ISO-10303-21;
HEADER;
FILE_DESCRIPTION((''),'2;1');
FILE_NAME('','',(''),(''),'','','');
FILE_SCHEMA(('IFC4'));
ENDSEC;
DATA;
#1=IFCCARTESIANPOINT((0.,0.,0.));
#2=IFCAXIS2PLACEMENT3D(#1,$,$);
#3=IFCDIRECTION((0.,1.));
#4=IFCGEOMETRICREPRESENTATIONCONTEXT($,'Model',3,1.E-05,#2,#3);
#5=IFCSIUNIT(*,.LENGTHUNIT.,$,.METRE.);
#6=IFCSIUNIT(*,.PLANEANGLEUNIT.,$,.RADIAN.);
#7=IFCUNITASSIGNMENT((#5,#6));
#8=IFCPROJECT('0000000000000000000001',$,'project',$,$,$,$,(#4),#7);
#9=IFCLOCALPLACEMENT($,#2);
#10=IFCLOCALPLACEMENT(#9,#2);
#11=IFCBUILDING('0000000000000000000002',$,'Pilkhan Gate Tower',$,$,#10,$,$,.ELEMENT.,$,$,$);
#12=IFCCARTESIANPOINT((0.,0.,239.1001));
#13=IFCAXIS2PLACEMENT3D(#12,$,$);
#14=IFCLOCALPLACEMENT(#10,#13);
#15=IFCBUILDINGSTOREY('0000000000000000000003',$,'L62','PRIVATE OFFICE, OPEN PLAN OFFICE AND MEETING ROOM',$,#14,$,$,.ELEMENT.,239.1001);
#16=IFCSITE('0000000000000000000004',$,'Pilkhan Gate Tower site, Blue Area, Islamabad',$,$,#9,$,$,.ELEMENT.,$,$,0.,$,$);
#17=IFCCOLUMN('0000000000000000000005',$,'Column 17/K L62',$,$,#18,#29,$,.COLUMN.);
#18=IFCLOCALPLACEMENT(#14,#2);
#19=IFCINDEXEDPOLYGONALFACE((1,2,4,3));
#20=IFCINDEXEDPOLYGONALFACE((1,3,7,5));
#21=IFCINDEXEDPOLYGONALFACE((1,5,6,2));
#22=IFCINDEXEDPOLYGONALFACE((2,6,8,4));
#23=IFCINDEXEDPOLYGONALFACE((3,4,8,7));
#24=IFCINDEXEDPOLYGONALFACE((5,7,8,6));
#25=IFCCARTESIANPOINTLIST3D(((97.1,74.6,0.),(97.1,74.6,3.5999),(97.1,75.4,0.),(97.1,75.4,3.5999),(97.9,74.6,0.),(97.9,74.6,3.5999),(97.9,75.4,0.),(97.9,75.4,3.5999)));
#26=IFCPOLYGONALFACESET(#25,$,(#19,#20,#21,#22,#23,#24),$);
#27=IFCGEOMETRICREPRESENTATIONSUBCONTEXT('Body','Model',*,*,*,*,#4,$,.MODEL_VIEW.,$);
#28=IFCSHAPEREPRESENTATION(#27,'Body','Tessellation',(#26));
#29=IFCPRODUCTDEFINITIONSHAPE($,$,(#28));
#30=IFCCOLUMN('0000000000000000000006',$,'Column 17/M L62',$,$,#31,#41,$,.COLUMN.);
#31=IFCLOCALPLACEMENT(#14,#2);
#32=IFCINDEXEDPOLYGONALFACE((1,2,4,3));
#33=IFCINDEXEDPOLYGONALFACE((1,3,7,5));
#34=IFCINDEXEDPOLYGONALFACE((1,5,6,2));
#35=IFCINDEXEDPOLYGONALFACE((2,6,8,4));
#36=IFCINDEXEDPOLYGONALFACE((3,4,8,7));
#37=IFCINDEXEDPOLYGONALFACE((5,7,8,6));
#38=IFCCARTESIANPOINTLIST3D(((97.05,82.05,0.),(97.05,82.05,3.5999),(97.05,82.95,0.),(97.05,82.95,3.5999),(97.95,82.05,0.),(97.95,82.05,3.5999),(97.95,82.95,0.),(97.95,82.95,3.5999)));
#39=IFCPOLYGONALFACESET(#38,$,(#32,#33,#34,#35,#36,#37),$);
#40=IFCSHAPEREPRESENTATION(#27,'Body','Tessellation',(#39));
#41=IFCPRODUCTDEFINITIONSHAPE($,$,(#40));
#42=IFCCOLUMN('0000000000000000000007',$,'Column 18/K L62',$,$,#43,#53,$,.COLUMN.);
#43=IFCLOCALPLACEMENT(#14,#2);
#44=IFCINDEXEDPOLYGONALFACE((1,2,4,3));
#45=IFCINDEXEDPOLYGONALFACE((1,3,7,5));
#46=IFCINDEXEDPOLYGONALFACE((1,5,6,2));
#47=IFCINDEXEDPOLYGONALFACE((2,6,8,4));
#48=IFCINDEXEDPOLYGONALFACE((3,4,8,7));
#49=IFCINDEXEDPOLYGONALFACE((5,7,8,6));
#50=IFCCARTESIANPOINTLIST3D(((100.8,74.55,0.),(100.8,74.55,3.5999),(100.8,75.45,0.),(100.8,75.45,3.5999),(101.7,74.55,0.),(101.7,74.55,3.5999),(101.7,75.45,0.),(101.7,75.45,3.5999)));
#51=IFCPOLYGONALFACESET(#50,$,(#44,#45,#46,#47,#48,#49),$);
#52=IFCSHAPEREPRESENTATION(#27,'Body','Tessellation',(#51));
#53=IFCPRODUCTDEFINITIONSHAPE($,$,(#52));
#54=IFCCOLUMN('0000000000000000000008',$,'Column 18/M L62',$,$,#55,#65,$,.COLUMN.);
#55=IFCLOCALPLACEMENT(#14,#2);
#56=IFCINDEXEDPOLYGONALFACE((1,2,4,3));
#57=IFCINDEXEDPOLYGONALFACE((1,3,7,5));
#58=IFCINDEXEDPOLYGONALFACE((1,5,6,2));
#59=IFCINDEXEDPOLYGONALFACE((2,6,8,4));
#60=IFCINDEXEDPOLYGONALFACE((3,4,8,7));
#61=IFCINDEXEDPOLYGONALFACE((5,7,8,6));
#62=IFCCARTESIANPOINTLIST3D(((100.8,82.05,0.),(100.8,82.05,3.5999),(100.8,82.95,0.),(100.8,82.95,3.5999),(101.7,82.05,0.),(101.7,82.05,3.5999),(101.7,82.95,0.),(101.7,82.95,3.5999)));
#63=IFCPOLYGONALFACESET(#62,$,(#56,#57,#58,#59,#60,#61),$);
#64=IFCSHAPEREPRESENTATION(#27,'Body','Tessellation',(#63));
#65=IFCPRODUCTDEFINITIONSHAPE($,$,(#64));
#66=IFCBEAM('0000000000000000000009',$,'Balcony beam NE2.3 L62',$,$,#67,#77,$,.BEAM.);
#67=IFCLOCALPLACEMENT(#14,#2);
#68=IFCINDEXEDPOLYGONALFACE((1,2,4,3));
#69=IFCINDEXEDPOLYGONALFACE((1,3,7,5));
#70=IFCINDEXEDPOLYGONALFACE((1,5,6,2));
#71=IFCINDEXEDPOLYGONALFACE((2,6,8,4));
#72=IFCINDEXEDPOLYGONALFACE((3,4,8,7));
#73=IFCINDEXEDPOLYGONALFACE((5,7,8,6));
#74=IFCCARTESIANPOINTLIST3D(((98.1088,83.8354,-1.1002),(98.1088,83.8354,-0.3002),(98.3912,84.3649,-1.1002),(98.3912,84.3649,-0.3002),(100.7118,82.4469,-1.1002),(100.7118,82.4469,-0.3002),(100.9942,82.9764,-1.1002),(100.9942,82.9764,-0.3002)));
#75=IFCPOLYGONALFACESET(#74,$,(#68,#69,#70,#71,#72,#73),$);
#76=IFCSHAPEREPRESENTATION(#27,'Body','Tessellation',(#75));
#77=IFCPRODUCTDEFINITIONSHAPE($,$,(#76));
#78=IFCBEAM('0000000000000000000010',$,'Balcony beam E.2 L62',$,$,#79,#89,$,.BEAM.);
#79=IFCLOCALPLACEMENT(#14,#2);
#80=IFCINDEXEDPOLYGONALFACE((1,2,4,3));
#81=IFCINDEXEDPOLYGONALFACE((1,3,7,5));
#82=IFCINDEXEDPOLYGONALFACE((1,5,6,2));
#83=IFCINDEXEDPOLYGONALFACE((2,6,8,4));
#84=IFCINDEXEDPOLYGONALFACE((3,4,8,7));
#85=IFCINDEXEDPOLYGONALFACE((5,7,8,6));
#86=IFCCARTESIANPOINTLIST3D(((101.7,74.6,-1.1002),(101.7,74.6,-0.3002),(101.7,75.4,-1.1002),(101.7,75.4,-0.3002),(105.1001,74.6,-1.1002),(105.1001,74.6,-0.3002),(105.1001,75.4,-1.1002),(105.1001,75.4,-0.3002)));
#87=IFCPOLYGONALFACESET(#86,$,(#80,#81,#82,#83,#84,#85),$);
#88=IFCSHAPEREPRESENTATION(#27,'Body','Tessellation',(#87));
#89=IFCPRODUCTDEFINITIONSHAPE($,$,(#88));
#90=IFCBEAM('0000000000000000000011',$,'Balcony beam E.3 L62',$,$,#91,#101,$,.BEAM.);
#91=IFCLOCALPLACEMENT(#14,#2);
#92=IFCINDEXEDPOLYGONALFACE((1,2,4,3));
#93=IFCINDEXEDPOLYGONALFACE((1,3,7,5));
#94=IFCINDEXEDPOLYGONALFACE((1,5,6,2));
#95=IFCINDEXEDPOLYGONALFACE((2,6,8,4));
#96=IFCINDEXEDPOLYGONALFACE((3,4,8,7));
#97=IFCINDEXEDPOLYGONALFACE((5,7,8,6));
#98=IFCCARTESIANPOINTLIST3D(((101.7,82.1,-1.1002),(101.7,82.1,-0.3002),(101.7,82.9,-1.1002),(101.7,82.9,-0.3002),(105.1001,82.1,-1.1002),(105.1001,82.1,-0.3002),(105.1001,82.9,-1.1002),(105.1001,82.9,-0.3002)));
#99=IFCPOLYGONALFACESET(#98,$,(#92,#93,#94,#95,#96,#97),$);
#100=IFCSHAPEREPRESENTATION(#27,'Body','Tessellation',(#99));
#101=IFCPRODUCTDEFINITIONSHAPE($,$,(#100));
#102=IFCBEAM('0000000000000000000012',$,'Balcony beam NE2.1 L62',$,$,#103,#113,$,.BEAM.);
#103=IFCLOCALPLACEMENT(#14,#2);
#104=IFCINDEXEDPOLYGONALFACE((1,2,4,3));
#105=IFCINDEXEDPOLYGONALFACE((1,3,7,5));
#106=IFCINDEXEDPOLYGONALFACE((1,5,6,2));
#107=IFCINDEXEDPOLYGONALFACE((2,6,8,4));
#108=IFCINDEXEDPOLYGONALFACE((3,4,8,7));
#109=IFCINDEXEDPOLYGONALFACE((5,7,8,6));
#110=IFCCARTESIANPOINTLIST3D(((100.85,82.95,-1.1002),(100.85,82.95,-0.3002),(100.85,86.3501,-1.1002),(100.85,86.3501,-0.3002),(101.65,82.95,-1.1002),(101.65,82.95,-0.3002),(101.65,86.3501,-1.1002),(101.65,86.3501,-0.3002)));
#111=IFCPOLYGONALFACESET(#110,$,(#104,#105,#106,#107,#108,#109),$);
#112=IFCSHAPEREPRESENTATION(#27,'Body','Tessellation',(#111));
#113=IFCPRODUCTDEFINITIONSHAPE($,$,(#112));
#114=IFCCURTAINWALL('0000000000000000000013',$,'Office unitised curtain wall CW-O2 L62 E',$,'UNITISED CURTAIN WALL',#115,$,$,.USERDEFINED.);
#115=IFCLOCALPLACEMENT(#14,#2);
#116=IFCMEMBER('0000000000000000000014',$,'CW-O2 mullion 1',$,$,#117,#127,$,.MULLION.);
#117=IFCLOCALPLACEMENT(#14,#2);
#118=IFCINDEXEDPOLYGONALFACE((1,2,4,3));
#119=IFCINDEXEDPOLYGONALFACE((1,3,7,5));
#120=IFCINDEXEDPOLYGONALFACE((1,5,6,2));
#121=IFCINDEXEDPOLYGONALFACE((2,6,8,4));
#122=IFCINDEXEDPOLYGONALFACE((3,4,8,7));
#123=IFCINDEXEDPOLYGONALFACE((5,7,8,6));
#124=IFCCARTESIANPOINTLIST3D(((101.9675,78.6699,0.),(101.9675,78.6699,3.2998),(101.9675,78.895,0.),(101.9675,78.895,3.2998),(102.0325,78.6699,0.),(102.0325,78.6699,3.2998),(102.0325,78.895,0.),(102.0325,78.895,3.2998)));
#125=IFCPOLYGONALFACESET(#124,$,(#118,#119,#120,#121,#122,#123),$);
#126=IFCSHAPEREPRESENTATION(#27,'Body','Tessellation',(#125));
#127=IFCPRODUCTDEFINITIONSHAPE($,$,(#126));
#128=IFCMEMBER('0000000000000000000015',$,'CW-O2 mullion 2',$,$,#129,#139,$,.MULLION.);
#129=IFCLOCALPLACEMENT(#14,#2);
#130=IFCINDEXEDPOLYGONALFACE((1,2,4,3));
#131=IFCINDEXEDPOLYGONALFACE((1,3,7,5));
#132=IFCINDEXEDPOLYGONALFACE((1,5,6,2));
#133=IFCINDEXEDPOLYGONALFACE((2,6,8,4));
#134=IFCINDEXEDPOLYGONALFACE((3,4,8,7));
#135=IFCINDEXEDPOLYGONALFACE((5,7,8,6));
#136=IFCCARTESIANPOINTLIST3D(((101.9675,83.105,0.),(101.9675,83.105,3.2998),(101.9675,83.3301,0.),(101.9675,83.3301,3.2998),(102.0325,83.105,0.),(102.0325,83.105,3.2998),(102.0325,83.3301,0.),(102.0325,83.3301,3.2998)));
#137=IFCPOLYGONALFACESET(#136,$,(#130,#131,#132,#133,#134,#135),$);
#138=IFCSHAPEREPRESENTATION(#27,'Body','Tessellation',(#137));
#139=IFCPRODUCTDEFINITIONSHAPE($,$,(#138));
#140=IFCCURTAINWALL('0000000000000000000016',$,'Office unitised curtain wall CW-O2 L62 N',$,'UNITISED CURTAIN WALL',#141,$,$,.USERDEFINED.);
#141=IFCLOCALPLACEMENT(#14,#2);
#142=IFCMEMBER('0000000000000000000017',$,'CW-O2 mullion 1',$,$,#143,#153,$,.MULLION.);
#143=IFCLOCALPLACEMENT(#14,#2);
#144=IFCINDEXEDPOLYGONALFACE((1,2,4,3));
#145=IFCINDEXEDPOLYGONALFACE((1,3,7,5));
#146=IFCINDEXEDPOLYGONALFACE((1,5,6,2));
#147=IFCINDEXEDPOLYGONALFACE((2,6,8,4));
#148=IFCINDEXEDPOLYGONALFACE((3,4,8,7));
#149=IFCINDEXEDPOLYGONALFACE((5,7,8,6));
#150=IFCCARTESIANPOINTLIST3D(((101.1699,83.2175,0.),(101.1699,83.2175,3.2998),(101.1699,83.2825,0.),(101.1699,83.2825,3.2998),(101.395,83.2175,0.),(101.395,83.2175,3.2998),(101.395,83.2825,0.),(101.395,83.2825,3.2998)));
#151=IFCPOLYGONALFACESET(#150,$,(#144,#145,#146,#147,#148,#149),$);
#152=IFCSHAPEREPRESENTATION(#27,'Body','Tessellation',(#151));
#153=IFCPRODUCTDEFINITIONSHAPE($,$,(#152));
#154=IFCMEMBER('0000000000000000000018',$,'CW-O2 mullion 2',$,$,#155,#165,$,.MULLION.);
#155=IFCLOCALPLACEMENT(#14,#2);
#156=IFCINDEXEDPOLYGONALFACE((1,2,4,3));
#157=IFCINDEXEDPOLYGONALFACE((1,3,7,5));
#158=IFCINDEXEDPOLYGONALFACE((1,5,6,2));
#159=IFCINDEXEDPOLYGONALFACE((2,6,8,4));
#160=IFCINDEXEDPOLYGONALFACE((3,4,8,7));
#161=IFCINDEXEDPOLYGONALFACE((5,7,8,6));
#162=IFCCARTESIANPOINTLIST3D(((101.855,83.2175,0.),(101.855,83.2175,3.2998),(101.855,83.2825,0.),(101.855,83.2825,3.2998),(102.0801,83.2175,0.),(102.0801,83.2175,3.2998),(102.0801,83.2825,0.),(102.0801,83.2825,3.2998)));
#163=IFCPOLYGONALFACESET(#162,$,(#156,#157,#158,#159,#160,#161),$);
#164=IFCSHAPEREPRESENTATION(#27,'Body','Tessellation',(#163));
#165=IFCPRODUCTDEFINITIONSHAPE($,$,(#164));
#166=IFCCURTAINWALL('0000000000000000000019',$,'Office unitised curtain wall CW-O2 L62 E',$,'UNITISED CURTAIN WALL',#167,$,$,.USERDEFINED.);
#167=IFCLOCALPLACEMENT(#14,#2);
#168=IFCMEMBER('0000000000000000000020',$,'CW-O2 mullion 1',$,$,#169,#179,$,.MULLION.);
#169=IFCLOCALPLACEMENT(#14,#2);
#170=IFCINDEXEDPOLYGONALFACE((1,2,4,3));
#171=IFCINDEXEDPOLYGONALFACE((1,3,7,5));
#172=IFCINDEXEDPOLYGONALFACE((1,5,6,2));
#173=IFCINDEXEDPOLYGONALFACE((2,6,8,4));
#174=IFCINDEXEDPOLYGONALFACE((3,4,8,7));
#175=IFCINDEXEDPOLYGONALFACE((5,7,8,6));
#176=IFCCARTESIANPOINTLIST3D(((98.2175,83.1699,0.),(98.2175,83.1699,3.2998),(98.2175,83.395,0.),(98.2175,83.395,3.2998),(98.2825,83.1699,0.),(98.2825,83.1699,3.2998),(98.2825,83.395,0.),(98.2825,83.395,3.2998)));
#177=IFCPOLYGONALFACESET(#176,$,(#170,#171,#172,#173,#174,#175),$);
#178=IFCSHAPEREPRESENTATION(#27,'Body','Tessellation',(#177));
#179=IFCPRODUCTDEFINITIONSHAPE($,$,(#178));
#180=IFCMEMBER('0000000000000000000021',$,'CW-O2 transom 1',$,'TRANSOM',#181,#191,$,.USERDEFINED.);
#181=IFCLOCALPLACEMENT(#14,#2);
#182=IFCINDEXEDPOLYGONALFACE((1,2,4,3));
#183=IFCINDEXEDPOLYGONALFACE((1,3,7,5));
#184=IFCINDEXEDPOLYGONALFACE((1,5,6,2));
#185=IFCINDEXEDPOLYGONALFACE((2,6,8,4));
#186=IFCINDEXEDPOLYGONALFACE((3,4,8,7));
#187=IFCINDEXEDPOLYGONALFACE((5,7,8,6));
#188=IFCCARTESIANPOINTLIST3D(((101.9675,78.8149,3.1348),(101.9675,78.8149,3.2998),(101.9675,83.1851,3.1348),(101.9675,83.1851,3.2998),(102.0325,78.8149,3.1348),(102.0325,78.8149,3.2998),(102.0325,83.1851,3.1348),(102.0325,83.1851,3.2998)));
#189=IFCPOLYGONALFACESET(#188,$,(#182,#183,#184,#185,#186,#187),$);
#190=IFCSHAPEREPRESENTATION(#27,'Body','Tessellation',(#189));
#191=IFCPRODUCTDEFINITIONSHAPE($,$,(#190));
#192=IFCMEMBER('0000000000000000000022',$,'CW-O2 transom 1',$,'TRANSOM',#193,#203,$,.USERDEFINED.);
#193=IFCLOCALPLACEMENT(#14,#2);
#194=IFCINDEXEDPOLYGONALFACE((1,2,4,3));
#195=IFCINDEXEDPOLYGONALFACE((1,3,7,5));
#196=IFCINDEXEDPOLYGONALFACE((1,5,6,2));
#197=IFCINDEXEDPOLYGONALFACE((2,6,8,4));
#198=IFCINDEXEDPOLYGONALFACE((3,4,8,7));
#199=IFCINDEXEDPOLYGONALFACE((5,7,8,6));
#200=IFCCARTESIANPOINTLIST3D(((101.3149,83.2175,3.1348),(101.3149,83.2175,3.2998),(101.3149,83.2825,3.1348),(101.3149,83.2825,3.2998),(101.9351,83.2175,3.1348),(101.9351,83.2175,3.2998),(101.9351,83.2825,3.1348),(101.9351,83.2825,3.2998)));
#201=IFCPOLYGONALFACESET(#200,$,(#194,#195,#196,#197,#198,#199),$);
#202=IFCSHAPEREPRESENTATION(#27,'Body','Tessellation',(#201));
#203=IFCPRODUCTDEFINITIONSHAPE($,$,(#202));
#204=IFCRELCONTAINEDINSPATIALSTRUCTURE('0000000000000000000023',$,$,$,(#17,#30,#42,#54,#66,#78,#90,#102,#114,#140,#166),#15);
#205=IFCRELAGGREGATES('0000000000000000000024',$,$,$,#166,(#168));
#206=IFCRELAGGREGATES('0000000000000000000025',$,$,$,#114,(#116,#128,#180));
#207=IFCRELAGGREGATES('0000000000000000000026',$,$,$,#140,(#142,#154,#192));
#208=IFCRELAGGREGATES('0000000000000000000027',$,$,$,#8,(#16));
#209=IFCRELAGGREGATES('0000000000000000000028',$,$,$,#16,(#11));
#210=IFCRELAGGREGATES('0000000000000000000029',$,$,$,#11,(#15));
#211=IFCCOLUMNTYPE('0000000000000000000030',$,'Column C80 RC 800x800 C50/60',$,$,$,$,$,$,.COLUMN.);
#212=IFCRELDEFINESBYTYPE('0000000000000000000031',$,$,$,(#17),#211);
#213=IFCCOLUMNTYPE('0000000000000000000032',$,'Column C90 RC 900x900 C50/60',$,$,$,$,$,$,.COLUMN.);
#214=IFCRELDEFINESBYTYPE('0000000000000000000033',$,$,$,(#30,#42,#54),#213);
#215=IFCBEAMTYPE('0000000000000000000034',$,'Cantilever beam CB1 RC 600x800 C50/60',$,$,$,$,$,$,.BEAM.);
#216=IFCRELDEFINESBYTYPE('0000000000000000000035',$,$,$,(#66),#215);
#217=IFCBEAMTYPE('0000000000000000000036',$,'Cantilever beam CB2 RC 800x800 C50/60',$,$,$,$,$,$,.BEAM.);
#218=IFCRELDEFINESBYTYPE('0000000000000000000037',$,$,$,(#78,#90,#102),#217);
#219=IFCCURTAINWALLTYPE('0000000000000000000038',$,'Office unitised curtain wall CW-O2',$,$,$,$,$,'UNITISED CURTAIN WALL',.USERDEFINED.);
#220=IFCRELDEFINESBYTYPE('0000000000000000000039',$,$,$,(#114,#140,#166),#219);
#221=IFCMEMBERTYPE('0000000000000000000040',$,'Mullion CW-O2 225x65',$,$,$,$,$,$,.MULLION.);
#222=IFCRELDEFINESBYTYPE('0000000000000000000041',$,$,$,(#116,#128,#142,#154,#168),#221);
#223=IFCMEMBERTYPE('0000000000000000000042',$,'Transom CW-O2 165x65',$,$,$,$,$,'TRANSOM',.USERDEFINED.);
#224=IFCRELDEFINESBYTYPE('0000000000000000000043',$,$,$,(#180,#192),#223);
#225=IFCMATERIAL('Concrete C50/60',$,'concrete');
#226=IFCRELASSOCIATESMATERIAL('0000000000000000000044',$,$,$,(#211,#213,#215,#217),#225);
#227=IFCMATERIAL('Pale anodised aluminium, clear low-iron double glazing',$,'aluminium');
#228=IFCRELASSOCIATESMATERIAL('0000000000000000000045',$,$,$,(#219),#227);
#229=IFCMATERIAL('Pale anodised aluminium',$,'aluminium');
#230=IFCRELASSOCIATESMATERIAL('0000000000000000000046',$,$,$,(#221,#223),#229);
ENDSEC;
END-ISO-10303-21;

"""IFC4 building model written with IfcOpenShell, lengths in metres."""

from ifc_helpers import new_model, si_unit, direction, frame, origin, origin_2d, place, context, subcontext, project, spatial, rectangle, extrude, material, material_profile, profile_set, type_object, element, aggregate, save


model = new_model("IFC4")

# Units and contexts
model_context = context("Model", 3, precision=1e-05, world=origin(), true_north=direction((0.0, 1.0)))
body_context = subcontext(model_context, "Body", "Model", "MODEL_VIEW")
ifc_project = project(units=[si_unit("LENGTHUNIT", "METRE"), si_unit("PLANEANGLEUNIT", "RADIAN")], contexts=[model_context])

# Site, building, storey
site_placement = place(None, origin())
site = spatial("IfcSite", under=ifc_project, at=site_placement, Name="Pilkhan Gate Tower site, Blue Area, Islamabad", CompositionType="ELEMENT", RefElevation=0.0)
building_placement = place(site_placement, origin())
building = spatial("IfcBuilding", under=site, at=building_placement, Name="Pilkhan Gate Tower", CompositionType="ELEMENT")
storey_placement = place(building_placement, frame((0.0, 0.0, 239.1001)))
storey = spatial("IfcBuildingStorey", under=building, at=storey_placement, Name="L62", Description="PRIVATE OFFICE, OPEN PLAN OFFICE AND MEETING ROOM", CompositionType="ELEMENT", Elevation=239.1001)

# Columns
ifc_material_1 = material(Name="Concrete C50/60", Category="concrete")
ifc_material_profile_1 = material_profile(ifc_material_1, rectangle(XDim=0.8, YDim=0.8, at=origin_2d()), Name="RC 800x800")
ifc_profile_set_1 = profile_set([ifc_material_profile_1], Name="Concrete C50/60")
column_type_1 = type_object("IfcColumnType", Name="Column C80 RC 800x800 C50/60", PredefinedType="COLUMN", material=ifc_profile_set_1)
column_placement = place(storey_placement, frame((97.5, 75.0, 0.0), z_axis=(0.0, 0.0, 1.0), x_axis=(1.0, 0.0, 0.0)))
element("IfcColumn", 1, at=column_placement, inside=storey, type_object=column_type_1, Name="Column 17/K L62", PredefinedType="COLUMN", context=body_context, shape_type="SweptSolid", body=[
    extrude(rectangle(XDim=0.8, YDim=0.8, at=origin_2d()), origin(), (0.0, 0.0, 1.0), 3.5999),
])
ifc_material_profile_2 = material_profile(ifc_material_1, rectangle(XDim=0.8999, YDim=0.8999, at=origin_2d()), Name="RC 900x900")
ifc_profile_set_2 = profile_set([ifc_material_profile_2], Name="Concrete C50/60")
column_type_2 = type_object("IfcColumnType", Name="Column C90 RC 900x900 C50/60", PredefinedType="COLUMN", material=ifc_profile_set_2)
for number, where, z_axis, x_axis, name in (
    (2, (97.5, 82.5, 0.0), (0.0, 0.0, 1.0), (1.0, 0.0, 0.0), "Column 17/M L62"),
    (3, (101.25, 75.0, 0.0), (0.0, 0.0, 1.0), (1.0, 0.0, 0.0), "Column 18/K L62"),
    (4, (101.25, 82.5, 0.0), (0.0, 0.0, 1.0), (1.0, 0.0, 0.0), "Column 18/M L62"),
):
    element("IfcColumn", number, at=place(storey_placement, frame(where, z_axis=z_axis, x_axis=x_axis)), inside=storey, type_object=column_type_2, Name=name, PredefinedType="COLUMN", context=body_context, shape_type="SweptSolid", body=[
        extrude(rectangle(XDim=0.8999, YDim=0.8999, at=origin_2d()), origin(), (0.0, 0.0, 1.0), 3.5999),
    ])

# Beams
ifc_material_profile_3 = material_profile(ifc_material_1, rectangle(XDim=0.6001, YDim=0.8, at=origin_2d()), Name="RC 600x800")
ifc_profile_set_3 = profile_set([ifc_material_profile_3], Name="Concrete C50/60")
beam_type_1 = type_object("IfcBeamType", Name="Cantilever beam CB1 RC 600x800 C50/60", PredefinedType="BEAM", material=ifc_profile_set_3)
beam_placement = place(storey_placement, frame((100.853, 82.7117, -0.7002), z_axis=(-0.882332, 0.470627, 0.0), x_axis=(-0.470627, -0.882332, 0.0)))
element("IfcBeam", 5, at=beam_placement, inside=storey, type_object=beam_type_1, Name="Balcony beam NE2.3 L62", PredefinedType="BEAM", context=body_context, shape_type="SweptSolid", body=[
    extrude(rectangle(XDim=0.6001, YDim=0.8, at=origin_2d()), origin(), (0.0, 0.0, 1.0), 2.9502),
])
ifc_material_profile_4 = material_profile(ifc_material_1, rectangle(XDim=0.8, YDim=0.8, at=origin_2d()), Name="RC 800x800")
ifc_profile_set_4 = profile_set([ifc_material_profile_4], Name="Concrete C50/60")
beam_type_2 = type_object("IfcBeamType", Name="Cantilever beam CB2 RC 800x800 C50/60", PredefinedType="BEAM", material=ifc_profile_set_4)
for number, where, z_axis, x_axis, name in (
    (6, (101.7, 75.0, -0.7002), (1.0, 0.0, 0.0), (0.0, 1.0, 0.0), "Balcony beam E.2 L62"),
    (7, (101.7, 82.5, -0.7002), (1.0, 0.0, 0.0), (0.0, 1.0, 0.0), "Balcony beam E.3 L62"),
    (8, (101.25, 82.95, -0.7002), (0.0, 1.0, 0.0), (-1.0, 0.0, 0.0), "Balcony beam NE2.1 L62"),
):
    element("IfcBeam", number, at=place(storey_placement, frame(where, z_axis=z_axis, x_axis=x_axis)), inside=storey, type_object=beam_type_2, Name=name, PredefinedType="BEAM", context=body_context, shape_type="SweptSolid", body=[
        extrude(rectangle(XDim=0.8, YDim=0.8, at=origin_2d()), origin(), (0.0, 0.0, 1.0), 3.4001),
    ])

# Curtain walls, members
ifc_material_2 = material(Name="Pale anodised aluminium, clear low-iron double glazing", Category="aluminium")
curtain_wall_type = type_object("IfcCurtainWallType", Name="Office unitised curtain wall CW-O2", ElementType="UNITISED CURTAIN WALL", PredefinedType="USERDEFINED", material=ifc_material_2)
curtain_wall_1_placement = place(storey_placement, origin())
curtain_wall_1 = element("IfcCurtainWall", 9, at=curtain_wall_1_placement, inside=storey, type_object=curtain_wall_type, Name="Office unitised curtain wall CW-O2 L62 E", ObjectType="UNITISED CURTAIN WALL", PredefinedType="USERDEFINED")
ifc_material_3 = material(Name="Pale anodised aluminium", Category="aluminium")
ifc_material_profile_5 = material_profile(ifc_material_3, rectangle(XDim=0.0649, YDim=0.2251, at=origin_2d()), Name="Mullion 225x65")
ifc_profile_set_5 = profile_set([ifc_material_profile_5], Name="Pale anodised aluminium")
member_type_1 = type_object("IfcMemberType", Name="Mullion CW-O2 225x65", PredefinedType="MULLION", material=ifc_profile_set_5)
member_1_placement = place(storey_placement, frame((102.0, 78.7825, 0.0), z_axis=(0.0, 0.0, 1.0), x_axis=(-1.0, 0.0, 0.0)))
member_1 = element("IfcMember", 10, at=member_1_placement, type_object=member_type_1, Name="CW-O2 mullion 1", PredefinedType="MULLION", context=body_context, shape_type="SweptSolid", body=[
    extrude(rectangle(XDim=0.0649, YDim=0.2251, at=origin_2d()), origin(), (0.0, 0.0, 1.0), 3.2998),
])
member_2_placement = place(storey_placement, frame((102.0, 83.2175, 0.0), z_axis=(0.0, 0.0, 1.0), x_axis=(-1.0, 0.0, 0.0)))
member_2 = element("IfcMember", 11, at=member_2_placement, type_object=member_type_1, Name="CW-O2 mullion 2", PredefinedType="MULLION", context=body_context, shape_type="SweptSolid", body=[
    extrude(rectangle(XDim=0.0649, YDim=0.2251, at=origin_2d()), origin(), (0.0, 0.0, 1.0), 3.2998),
])
curtain_wall_2_placement = place(storey_placement, origin())
curtain_wall_2 = element("IfcCurtainWall", 12, at=curtain_wall_2_placement, inside=storey, type_object=curtain_wall_type, Name="Office unitised curtain wall CW-O2 L62 N", ObjectType="UNITISED CURTAIN WALL", PredefinedType="USERDEFINED")
member_3_placement = place(storey_placement, frame((101.2825, 83.25, 0.0), z_axis=(0.0, 0.0, 1.0), x_axis=(0.0, 1.0, 0.0)))
member_3 = element("IfcMember", 13, at=member_3_placement, type_object=member_type_1, Name="CW-O2 mullion 1", PredefinedType="MULLION", context=body_context, shape_type="SweptSolid", body=[
    extrude(rectangle(XDim=0.0649, YDim=0.2251, at=origin_2d()), origin(), (0.0, 0.0, 1.0), 3.2998),
])
member_4_placement = place(storey_placement, frame((101.9675, 83.25, 0.0), z_axis=(0.0, 0.0, 1.0), x_axis=(0.0, 1.0, 0.0)))
member_4 = element("IfcMember", 14, at=member_4_placement, type_object=member_type_1, Name="CW-O2 mullion 2", PredefinedType="MULLION", context=body_context, shape_type="SweptSolid", body=[
    extrude(rectangle(XDim=0.0649, YDim=0.2251, at=origin_2d()), origin(), (0.0, 0.0, 1.0), 3.2998),
])

# Curtain wall, member
curtain_wall_3_placement = place(storey_placement, origin())
curtain_wall_3 = element("IfcCurtainWall", 15, at=curtain_wall_3_placement, inside=storey, type_object=curtain_wall_type, Name="Office unitised curtain wall CW-O2 L62 E", ObjectType="UNITISED CURTAIN WALL", PredefinedType="USERDEFINED")
member_5_placement = place(storey_placement, frame((98.25, 83.2825, 0.0), z_axis=(0.0, 0.0, 1.0), x_axis=(-1.0, 0.0, 0.0)))
member_5 = element("IfcMember", 16, at=member_5_placement, type_object=member_type_1, Name="CW-O2 mullion 1", PredefinedType="MULLION", context=body_context, shape_type="SweptSolid", body=[
    extrude(rectangle(XDim=0.0649, YDim=0.2251, at=origin_2d()), origin(), (0.0, 0.0, 1.0), 3.2998),
])

# Members
ifc_material_profile_6 = material_profile(ifc_material_3, rectangle(XDim=0.0649, YDim=0.165, at=origin_2d()), Name="Transom 165x65")
ifc_profile_set_6 = profile_set([ifc_material_profile_6], Name="Pale anodised aluminium")
member_type_2 = type_object("IfcMemberType", Name="Transom CW-O2 165x65", ElementType="TRANSOM", PredefinedType="USERDEFINED", material=ifc_profile_set_6)
member_6_placement = place(storey_placement, frame((102.0, 78.8149, 3.2173), z_axis=(0.0, 1.0, 0.0), x_axis=(-1.0, 0.0, 0.0)))
member_6 = element("IfcMember", 17, at=member_6_placement, type_object=member_type_2, Name="CW-O2 transom 1", ObjectType="TRANSOM", PredefinedType="USERDEFINED", context=body_context, shape_type="SweptSolid", body=[
    extrude(rectangle(XDim=0.0649, YDim=0.165, at=origin_2d()), origin(), (0.0, 0.0, 1.0), 4.3701),
])
member_7_placement = place(storey_placement, frame((101.3149, 83.25, 3.2173), z_axis=(1.0, 0.0, 0.0), x_axis=(0.0, 1.0, 0.0)))
member_7 = element("IfcMember", 18, at=member_7_placement, type_object=member_type_2, Name="CW-O2 transom 1", ObjectType="TRANSOM", PredefinedType="USERDEFINED", context=body_context, shape_type="SweptSolid", body=[
    extrude(rectangle(XDim=0.0649, YDim=0.165, at=origin_2d()), origin(), (0.0, 0.0, 1.0), 0.6201),
])
aggregate(curtain_wall_3, [member_5])

aggregate(curtain_wall_1, [member_1, member_2, member_6])
aggregate(curtain_wall_2, [member_3, member_4, member_7])

save(model, "model.ifc")
